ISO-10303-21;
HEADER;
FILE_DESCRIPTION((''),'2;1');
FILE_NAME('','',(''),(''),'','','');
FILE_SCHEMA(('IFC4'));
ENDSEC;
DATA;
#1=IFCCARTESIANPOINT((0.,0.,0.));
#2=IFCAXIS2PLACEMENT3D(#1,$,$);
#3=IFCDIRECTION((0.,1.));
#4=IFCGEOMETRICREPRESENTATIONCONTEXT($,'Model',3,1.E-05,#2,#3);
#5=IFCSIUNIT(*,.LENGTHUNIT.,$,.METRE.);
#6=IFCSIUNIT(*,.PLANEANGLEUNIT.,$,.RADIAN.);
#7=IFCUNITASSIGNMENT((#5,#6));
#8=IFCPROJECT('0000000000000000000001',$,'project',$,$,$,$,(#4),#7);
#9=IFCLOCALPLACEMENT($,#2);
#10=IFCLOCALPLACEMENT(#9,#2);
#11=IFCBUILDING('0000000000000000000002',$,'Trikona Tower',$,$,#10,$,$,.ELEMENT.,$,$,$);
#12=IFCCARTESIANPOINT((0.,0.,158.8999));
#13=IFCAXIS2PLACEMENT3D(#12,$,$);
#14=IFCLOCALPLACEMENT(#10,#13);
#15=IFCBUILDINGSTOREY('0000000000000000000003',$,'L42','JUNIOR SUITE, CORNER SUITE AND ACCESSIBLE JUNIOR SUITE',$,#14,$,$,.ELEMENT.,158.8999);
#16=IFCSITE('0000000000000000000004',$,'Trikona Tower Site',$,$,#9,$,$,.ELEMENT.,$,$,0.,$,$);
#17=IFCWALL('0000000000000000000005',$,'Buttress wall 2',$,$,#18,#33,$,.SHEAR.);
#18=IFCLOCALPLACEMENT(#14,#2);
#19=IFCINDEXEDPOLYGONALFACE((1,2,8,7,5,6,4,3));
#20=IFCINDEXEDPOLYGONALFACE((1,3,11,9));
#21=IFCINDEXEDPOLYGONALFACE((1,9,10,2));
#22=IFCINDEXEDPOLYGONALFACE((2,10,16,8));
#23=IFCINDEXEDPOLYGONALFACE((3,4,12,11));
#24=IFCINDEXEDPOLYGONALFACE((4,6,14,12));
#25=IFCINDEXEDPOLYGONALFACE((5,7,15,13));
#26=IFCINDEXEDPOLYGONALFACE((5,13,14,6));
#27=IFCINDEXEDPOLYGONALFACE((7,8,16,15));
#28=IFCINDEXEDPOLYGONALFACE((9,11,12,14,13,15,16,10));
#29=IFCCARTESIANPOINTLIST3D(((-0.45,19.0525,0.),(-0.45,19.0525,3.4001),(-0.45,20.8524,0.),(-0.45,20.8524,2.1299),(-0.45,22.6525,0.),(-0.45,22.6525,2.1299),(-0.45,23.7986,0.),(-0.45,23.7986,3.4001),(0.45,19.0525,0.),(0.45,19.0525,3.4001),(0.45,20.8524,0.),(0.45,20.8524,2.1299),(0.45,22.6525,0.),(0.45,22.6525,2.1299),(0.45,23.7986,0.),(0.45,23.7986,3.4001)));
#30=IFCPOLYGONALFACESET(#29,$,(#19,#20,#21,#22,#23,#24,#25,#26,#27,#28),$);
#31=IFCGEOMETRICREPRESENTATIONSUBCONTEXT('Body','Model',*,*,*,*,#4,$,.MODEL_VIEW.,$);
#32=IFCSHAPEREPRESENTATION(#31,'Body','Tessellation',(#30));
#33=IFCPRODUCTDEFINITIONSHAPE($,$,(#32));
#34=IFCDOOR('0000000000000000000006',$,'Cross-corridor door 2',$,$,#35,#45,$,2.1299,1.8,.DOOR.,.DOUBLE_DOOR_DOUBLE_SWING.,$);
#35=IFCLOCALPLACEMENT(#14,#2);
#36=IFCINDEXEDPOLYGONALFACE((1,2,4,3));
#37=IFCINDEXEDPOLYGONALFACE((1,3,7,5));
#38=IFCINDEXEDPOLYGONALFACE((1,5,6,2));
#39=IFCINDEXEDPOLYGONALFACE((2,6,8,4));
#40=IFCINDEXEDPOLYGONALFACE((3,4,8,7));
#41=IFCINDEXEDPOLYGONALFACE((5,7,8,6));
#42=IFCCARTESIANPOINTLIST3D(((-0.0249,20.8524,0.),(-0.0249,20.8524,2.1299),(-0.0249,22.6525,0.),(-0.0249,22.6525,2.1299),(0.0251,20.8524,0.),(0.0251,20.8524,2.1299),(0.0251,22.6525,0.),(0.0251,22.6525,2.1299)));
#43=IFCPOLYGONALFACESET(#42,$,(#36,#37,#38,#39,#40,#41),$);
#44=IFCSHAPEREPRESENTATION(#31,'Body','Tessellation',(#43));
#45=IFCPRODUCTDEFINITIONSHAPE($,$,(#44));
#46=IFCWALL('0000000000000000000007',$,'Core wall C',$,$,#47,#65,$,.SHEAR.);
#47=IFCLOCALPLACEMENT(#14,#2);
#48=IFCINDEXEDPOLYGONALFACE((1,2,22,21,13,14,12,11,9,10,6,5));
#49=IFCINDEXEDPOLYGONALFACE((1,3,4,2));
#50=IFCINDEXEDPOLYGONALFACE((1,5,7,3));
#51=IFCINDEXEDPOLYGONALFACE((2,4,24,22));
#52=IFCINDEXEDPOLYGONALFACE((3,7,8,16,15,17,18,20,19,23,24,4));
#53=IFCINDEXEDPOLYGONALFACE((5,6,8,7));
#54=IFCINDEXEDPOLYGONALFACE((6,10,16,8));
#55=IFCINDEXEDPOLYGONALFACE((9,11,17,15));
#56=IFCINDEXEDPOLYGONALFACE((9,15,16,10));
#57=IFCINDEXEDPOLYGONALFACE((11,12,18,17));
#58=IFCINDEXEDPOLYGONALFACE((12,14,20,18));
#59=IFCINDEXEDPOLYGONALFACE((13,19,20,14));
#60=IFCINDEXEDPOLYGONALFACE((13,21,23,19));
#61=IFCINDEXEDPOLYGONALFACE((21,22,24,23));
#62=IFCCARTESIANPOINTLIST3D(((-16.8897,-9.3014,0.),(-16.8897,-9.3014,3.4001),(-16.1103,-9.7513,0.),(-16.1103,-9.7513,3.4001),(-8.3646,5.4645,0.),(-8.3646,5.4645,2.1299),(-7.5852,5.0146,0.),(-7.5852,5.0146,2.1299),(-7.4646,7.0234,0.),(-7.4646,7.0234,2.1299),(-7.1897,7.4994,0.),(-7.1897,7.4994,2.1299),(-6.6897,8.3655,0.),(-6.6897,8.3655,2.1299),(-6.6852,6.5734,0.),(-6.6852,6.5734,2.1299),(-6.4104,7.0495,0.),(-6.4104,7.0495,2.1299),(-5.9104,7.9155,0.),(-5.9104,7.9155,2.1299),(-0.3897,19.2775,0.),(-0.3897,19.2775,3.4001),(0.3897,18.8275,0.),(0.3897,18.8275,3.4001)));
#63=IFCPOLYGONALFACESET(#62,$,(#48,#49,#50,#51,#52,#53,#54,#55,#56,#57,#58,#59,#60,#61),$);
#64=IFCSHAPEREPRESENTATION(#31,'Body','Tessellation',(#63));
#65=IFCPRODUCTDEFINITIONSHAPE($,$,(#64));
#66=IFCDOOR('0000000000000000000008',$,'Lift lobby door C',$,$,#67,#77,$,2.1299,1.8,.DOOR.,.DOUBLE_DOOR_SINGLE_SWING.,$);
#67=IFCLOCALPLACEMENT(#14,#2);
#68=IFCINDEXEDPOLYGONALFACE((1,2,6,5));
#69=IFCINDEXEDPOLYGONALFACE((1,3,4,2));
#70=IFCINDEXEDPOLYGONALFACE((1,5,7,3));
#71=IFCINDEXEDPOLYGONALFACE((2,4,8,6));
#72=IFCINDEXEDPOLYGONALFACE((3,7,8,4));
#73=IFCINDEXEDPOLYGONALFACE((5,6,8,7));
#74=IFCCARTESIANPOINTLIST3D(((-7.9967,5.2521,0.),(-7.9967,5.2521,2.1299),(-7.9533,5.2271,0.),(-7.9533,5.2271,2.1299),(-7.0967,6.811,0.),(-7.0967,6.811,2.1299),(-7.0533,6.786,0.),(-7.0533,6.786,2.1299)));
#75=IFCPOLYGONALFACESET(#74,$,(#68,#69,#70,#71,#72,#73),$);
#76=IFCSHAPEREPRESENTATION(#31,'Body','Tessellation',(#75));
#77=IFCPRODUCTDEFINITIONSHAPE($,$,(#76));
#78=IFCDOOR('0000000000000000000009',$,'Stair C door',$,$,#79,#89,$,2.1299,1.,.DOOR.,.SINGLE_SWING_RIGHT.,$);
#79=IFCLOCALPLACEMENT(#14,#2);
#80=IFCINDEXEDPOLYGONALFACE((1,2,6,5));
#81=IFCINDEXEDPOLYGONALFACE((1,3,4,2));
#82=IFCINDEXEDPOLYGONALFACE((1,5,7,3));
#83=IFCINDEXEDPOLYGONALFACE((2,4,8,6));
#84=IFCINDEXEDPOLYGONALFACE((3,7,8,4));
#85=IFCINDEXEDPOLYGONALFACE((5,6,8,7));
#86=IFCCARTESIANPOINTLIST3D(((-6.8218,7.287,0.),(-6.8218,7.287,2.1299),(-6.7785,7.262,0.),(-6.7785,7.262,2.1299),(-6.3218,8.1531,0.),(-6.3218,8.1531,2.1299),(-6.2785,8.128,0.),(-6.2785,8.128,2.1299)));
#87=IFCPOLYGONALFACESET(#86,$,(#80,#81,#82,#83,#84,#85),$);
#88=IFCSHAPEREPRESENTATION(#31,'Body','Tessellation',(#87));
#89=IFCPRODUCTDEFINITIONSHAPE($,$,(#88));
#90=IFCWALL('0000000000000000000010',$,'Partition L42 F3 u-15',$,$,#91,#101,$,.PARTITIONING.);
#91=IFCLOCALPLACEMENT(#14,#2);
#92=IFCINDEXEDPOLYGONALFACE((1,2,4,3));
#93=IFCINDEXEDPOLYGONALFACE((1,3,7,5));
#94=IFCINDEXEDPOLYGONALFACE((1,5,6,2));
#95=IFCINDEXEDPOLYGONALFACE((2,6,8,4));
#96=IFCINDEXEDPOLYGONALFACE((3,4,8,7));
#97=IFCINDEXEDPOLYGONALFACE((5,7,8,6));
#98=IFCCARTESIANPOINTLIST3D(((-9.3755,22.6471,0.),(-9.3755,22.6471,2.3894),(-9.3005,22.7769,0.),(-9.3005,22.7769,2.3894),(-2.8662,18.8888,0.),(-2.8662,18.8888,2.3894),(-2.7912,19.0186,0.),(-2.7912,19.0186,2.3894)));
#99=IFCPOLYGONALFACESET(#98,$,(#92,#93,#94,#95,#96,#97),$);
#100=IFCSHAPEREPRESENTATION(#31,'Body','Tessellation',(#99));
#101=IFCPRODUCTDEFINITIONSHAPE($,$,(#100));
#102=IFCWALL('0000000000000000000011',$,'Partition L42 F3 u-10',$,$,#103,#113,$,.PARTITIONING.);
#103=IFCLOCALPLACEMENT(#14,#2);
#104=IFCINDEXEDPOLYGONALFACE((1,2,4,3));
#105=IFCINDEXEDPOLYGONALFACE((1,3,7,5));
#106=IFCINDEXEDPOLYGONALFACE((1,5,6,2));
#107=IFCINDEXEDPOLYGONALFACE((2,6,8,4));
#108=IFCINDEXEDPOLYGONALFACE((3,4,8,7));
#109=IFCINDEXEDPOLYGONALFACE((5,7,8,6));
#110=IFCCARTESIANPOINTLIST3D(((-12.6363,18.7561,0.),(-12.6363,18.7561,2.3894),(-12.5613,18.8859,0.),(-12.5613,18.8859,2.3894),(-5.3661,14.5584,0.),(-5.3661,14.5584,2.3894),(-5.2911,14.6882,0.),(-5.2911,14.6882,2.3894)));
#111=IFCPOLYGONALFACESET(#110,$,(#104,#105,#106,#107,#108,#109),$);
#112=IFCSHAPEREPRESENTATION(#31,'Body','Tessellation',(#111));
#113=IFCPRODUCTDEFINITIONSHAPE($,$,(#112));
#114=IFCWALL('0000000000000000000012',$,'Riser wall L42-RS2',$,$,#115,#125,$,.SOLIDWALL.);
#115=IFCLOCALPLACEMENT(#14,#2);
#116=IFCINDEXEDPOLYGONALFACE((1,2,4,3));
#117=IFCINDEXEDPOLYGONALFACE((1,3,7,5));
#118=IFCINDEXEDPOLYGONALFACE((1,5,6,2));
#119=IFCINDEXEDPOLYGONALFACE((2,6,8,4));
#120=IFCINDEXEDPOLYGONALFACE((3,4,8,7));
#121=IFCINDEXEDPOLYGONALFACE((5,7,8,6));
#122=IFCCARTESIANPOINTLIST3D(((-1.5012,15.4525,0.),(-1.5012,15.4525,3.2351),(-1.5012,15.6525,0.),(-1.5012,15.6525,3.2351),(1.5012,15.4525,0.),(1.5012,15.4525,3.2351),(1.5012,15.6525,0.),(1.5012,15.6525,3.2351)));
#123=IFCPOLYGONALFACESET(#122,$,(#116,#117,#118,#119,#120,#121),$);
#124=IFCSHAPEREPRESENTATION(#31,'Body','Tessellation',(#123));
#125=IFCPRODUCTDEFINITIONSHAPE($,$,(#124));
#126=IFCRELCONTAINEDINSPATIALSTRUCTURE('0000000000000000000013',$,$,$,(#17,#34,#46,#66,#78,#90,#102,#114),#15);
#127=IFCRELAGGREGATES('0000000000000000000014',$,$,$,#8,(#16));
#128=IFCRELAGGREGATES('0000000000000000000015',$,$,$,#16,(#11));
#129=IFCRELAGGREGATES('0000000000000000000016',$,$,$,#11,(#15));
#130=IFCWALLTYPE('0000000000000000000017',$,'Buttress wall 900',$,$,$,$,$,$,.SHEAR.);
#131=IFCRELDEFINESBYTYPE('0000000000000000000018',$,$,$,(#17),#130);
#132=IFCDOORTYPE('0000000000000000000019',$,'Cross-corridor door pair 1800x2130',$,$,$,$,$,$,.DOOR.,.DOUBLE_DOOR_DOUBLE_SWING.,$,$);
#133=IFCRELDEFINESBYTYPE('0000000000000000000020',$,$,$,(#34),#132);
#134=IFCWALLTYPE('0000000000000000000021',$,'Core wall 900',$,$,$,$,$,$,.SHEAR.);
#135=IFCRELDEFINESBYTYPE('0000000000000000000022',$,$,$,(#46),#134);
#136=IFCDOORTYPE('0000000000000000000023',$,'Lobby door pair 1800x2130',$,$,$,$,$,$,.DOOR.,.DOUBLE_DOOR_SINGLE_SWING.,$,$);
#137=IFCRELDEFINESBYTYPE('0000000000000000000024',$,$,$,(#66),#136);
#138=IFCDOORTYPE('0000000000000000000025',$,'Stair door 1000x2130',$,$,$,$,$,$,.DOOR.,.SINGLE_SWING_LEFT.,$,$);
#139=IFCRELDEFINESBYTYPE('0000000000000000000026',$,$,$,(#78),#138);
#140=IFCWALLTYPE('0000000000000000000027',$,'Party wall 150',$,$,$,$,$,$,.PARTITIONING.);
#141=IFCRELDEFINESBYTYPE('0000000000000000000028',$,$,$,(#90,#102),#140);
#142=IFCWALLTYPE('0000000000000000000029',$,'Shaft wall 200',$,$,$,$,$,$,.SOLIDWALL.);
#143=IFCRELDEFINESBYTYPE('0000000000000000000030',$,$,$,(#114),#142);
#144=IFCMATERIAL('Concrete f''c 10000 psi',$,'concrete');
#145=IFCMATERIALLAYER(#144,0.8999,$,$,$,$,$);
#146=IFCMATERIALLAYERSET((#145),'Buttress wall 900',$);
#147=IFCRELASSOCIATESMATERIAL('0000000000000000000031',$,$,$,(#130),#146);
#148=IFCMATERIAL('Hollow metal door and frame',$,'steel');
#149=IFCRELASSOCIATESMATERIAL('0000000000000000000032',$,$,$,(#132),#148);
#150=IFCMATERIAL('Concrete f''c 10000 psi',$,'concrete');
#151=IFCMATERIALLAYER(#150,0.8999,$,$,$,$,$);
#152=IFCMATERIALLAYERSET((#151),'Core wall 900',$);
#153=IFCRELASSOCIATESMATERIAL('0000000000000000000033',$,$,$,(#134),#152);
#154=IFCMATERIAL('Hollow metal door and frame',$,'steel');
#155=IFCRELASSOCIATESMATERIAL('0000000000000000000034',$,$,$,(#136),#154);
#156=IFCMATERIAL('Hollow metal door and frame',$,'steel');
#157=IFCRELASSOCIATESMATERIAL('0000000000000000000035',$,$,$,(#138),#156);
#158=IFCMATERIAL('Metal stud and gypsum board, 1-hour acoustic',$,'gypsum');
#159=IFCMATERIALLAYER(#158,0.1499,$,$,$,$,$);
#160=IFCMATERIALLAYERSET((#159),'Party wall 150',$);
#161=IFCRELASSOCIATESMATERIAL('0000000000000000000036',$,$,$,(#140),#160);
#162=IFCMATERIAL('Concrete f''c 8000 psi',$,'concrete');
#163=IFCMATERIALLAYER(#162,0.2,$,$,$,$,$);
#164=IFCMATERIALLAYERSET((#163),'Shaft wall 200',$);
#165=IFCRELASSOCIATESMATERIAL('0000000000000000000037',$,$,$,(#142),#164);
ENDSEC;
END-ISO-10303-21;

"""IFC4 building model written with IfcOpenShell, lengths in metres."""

from ifc_helpers import new_model, si_unit, direction, frame, frame_2d, origin, place, context, subcontext, project, spatial, rectangle, extrude, material, layer, layer_set, type_object, element, fill, save


model = new_model("IFC4")

# Units and contexts
model_context = context("Model", 3, precision=1e-05, world=origin(), true_north=direction((0.0, 1.0)))
body_context = subcontext(model_context, "Body", "Model", "MODEL_VIEW")
ifc_project = project(units=[si_unit("LENGTHUNIT", "METRE"), si_unit("PLANEANGLEUNIT", "RADIAN")], contexts=[model_context])

# Site, building, storey
site_placement = place(None, origin())
site = spatial("IfcSite", under=ifc_project, at=site_placement, Name="Trikona Tower Site", CompositionType="ELEMENT", RefElevation=0.0)
building_placement = place(site_placement, origin())
building = spatial("IfcBuilding", under=site, at=building_placement, Name="Trikona Tower", CompositionType="ELEMENT")
storey_placement = place(building_placement, frame((0.0, 0.0, 158.8999)))
storey = spatial("IfcBuildingStorey", under=building, at=storey_placement, Name="L42", Description="JUNIOR SUITE, CORNER SUITE AND ACCESSIBLE JUNIOR SUITE", CompositionType="ELEMENT", Elevation=158.8999)

# Wall, opening, door
ifc_material_1 = material(Name="Concrete f'c 10000 psi", Category="concrete")
ifc_layer_1 = layer(ifc_material_1, 0.8999)
ifc_layer_set_1 = layer_set([ifc_layer_1], Name="Buttress wall 900")
wall_type_1 = type_object("IfcWallType", Name="Buttress wall 900", PredefinedType="SHEAR", material=ifc_layer_set_1)
wall_1_placement = place(storey_placement, frame((0.0, 19.0525, 0.0), z_axis=(0.0, 0.0, 1.0), x_axis=(0.0, 1.0, 0.0)))
wall_1 = element("IfcWall", 1, at=wall_1_placement, inside=storey, type_object=wall_type_1, Name="Buttress wall 2", PredefinedType="SHEAR", context=body_context, shape_type="SweptSolid", body=[
    extrude(rectangle(XDim=4.7461, YDim=0.8999, at=frame_2d((2.373, 0.0))), origin(), (0.0, 0.0, 1.0), 3.4001),
])
opening_1_placement = place(wall_1_placement, frame((1.8, 0.0, 0.0)))
opening_1 = element("IfcOpeningElement", 2, at=opening_1_placement, cuts=wall_1, PredefinedType="OPENING", context=body_context, shape_type="SweptSolid", body=[
    extrude(rectangle(XDim=1.8, YDim=2.1299, at=frame_2d((0.8999, 1.0649))), frame((0.0, 0.46, 0.0), z_axis=(0.0, -1.0, 0.0), x_axis=(1.0, 0.0, 0.0)), (0.0, 0.0, 1.0), 0.9199),
])
ifc_material_2 = material(Name="Hollow metal door and frame", Category="steel")
door_type_1 = type_object("IfcDoorType", Name="Cross-corridor door pair 1800x2130", OperationType="DOUBLE_DOOR_DOUBLE_SWING", PredefinedType="DOOR", material=ifc_material_2)
door_1_placement = place(opening_1_placement, origin())
door_1 = element("IfcDoor", 3, at=door_1_placement, inside=storey, type_object=door_type_1, Name="Cross-corridor door 2", OperationType="DOUBLE_DOOR_DOUBLE_SWING", OverallHeight=2.1299, OverallWidth=1.8, PredefinedType="DOOR", context=body_context, shape_type="SweptSolid", body=[
    extrude(rectangle(XDim=1.8, YDim=2.1299, at=frame_2d((0.8999, 1.0649))), frame((0.0, 0.0249, 0.0), z_axis=(0.0, -1.0, 0.0), x_axis=(1.0, 0.0, 0.0)), (0.0, 0.0, 1.0), 0.05),
])
fill(opening_1, door_1)

# Wall, openings, doors
ifc_material_3 = material(Name="Concrete f'c 10000 psi", Category="concrete")
ifc_layer_2 = layer(ifc_material_3, 0.8999)
ifc_layer_set_2 = layer_set([ifc_layer_2], Name="Core wall 900")
wall_type_2 = type_object("IfcWallType", Name="Core wall 900", PredefinedType="SHEAR", material=ifc_layer_set_2)
wall_2_placement = place(storey_placement, frame((0.0, 19.0525, 0.0), z_axis=(0.0, 0.0, 1.0), x_axis=(-0.5, -0.866026, 0.0)))
wall_2 = element("IfcWall", 4, at=wall_2_placement, inside=storey, type_object=wall_type_2, Name="Core wall C", PredefinedType="SHEAR", context=body_context, shape_type="SweptSolid", body=[
    extrude(rectangle(XDim=33.0, YDim=0.8999, at=frame_2d((16.5, 0.0))), origin(), (0.0, 0.0, 1.0), 3.4001),
])
opening_2_placement = place(wall_2_placement, frame((14.1499, 0.0, 0.0)))
opening_2 = element("IfcOpeningElement", 5, at=opening_2_placement, cuts=wall_2, PredefinedType="OPENING", context=body_context, shape_type="SweptSolid", body=[
    extrude(rectangle(XDim=1.8, YDim=2.1299, at=frame_2d((0.8999, 1.0649))), frame((0.0, 0.46, 0.0), z_axis=(0.0, -1.0, 0.0), x_axis=(1.0, 0.0, 0.0)), (0.0, 0.0, 1.0), 0.9199),
])
opening_3_placement = place(wall_2_placement, frame((12.6001, 0.0, 0.0)))
opening_3 = element("IfcOpeningElement", 6, at=opening_3_placement, cuts=wall_2, PredefinedType="OPENING", context=body_context, shape_type="SweptSolid", body=[
    extrude(rectangle(XDim=1.0, YDim=2.1299, at=frame_2d((0.5, 1.0649))), frame((0.0, 0.46, 0.0), z_axis=(0.0, -1.0, 0.0), x_axis=(1.0, 0.0, 0.0)), (0.0, 0.0, 1.0), 0.9199),
])
ifc_material_4 = material(Name="Hollow metal door and frame", Category="steel")
door_type_2 = type_object("IfcDoorType", Name="Lobby door pair 1800x2130", OperationType="DOUBLE_DOOR_SINGLE_SWING", PredefinedType="DOOR", material=ifc_material_4)
door_2_placement = place(opening_2_placement, origin())
door_2 = element("IfcDoor", 7, at=door_2_placement, inside=storey, type_object=door_type_2, Name="Lift lobby door C", OperationType="DOUBLE_DOOR_SINGLE_SWING", OverallHeight=2.1299, OverallWidth=1.8, PredefinedType="DOOR", context=body_context, shape_type="SweptSolid", body=[
    extrude(rectangle(XDim=1.8, YDim=2.1299, at=frame_2d((0.8999, 1.0649))), frame((0.0, 0.0249, 0.0), z_axis=(0.0, -1.0, 0.0), x_axis=(1.0, 0.0, 0.0)), (0.0, 0.0, 1.0), 0.05),
])
fill(opening_2, door_2)
ifc_material_5 = material(Name="Hollow metal door and frame", Category="steel")
door_type_3 = type_object("IfcDoorType", Name="Stair door 1000x2130", OperationType="SINGLE_SWING_LEFT", PredefinedType="DOOR", material=ifc_material_5)
door_3_placement = place(opening_3_placement, origin())
door_3 = element("IfcDoor", 8, at=door_3_placement, inside=storey, type_object=door_type_3, Name="Stair C door", OperationType="SINGLE_SWING_RIGHT", OverallHeight=2.1299, OverallWidth=1.0, PredefinedType="DOOR", context=body_context, shape_type="SweptSolid", body=[
    extrude(rectangle(XDim=1.0, YDim=2.1299, at=frame_2d((0.5, 1.0649))), frame((0.0, 0.0249, 0.0), z_axis=(0.0, -1.0, 0.0), x_axis=(1.0, 0.0, 0.0)), (0.0, 0.0, 1.0), 0.05),
])
fill(opening_3, door_3)

# Walls
ifc_material_6 = material(Name="Metal stud and gypsum board, 1-hour acoustic", Category="gypsum")
ifc_layer_3 = layer(ifc_material_6, 0.1499)
ifc_layer_set_3 = layer_set([ifc_layer_3], Name="Party wall 150")
wall_type_3 = type_object("IfcWallType", Name="Party wall 150", PredefinedType="PARTITIONING", material=ifc_layer_set_3)
wall_3_placement = place(storey_placement, frame((-2.8286, 18.9536, 0.0), z_axis=(0.0, 0.0, 1.0), x_axis=(-0.866016, 0.500017, 0.0)))
element("IfcWall", 9, at=wall_3_placement, inside=storey, type_object=wall_type_3, Name="Partition L42 F3 u-15", PredefinedType="PARTITIONING", context=body_context, shape_type="SweptSolid", body=[
    extrude(rectangle(XDim=7.5164, YDim=0.1499, at=frame_2d((3.7583, 0.0))), origin(), (0.0, 0.0, 1.0), 2.3894),
])
wall_4_placement = place(storey_placement, frame((-5.3286, 14.6233, 0.0), z_axis=(0.0, 0.0, 1.0), x_axis=(-0.866012, 0.500024, 0.0)))
element("IfcWall", 10, at=wall_4_placement, inside=storey, type_object=wall_type_3, Name="Partition L42 F3 u-10", PredefinedType="PARTITIONING", context=body_context, shape_type="SweptSolid", body=[
    extrude(rectangle(XDim=8.395, YDim=0.1499, at=frame_2d((4.1975, 0.0))), origin(), (0.0, 0.0, 1.0), 2.3894),
])
ifc_material_7 = material(Name="Concrete f'c 8000 psi", Category="concrete")
ifc_layer_4 = layer(ifc_material_7, 0.2)
ifc_layer_set_4 = layer_set([ifc_layer_4], Name="Shaft wall 200")
wall_type_4 = type_object("IfcWallType", Name="Shaft wall 200", PredefinedType="SOLIDWALL", material=ifc_layer_set_4)
wall_5_placement = place(storey_placement, frame((-1.5012, 15.5525, 0.0), z_axis=(0.0, 0.0, 1.0), x_axis=(1.0, 0.0, 0.0)))
element("IfcWall", 11, at=wall_5_placement, inside=storey, type_object=wall_type_4, Name="Riser wall L42-RS2", PredefinedType="SOLIDWALL", context=body_context, shape_type="SweptSolid", body=[
    extrude(rectangle(XDim=3.0024, YDim=0.2, at=frame_2d((1.5012, 0.0))), origin(), (0.0, 0.0, 1.0), 3.2351),
])

save(model, "model.ifc")
